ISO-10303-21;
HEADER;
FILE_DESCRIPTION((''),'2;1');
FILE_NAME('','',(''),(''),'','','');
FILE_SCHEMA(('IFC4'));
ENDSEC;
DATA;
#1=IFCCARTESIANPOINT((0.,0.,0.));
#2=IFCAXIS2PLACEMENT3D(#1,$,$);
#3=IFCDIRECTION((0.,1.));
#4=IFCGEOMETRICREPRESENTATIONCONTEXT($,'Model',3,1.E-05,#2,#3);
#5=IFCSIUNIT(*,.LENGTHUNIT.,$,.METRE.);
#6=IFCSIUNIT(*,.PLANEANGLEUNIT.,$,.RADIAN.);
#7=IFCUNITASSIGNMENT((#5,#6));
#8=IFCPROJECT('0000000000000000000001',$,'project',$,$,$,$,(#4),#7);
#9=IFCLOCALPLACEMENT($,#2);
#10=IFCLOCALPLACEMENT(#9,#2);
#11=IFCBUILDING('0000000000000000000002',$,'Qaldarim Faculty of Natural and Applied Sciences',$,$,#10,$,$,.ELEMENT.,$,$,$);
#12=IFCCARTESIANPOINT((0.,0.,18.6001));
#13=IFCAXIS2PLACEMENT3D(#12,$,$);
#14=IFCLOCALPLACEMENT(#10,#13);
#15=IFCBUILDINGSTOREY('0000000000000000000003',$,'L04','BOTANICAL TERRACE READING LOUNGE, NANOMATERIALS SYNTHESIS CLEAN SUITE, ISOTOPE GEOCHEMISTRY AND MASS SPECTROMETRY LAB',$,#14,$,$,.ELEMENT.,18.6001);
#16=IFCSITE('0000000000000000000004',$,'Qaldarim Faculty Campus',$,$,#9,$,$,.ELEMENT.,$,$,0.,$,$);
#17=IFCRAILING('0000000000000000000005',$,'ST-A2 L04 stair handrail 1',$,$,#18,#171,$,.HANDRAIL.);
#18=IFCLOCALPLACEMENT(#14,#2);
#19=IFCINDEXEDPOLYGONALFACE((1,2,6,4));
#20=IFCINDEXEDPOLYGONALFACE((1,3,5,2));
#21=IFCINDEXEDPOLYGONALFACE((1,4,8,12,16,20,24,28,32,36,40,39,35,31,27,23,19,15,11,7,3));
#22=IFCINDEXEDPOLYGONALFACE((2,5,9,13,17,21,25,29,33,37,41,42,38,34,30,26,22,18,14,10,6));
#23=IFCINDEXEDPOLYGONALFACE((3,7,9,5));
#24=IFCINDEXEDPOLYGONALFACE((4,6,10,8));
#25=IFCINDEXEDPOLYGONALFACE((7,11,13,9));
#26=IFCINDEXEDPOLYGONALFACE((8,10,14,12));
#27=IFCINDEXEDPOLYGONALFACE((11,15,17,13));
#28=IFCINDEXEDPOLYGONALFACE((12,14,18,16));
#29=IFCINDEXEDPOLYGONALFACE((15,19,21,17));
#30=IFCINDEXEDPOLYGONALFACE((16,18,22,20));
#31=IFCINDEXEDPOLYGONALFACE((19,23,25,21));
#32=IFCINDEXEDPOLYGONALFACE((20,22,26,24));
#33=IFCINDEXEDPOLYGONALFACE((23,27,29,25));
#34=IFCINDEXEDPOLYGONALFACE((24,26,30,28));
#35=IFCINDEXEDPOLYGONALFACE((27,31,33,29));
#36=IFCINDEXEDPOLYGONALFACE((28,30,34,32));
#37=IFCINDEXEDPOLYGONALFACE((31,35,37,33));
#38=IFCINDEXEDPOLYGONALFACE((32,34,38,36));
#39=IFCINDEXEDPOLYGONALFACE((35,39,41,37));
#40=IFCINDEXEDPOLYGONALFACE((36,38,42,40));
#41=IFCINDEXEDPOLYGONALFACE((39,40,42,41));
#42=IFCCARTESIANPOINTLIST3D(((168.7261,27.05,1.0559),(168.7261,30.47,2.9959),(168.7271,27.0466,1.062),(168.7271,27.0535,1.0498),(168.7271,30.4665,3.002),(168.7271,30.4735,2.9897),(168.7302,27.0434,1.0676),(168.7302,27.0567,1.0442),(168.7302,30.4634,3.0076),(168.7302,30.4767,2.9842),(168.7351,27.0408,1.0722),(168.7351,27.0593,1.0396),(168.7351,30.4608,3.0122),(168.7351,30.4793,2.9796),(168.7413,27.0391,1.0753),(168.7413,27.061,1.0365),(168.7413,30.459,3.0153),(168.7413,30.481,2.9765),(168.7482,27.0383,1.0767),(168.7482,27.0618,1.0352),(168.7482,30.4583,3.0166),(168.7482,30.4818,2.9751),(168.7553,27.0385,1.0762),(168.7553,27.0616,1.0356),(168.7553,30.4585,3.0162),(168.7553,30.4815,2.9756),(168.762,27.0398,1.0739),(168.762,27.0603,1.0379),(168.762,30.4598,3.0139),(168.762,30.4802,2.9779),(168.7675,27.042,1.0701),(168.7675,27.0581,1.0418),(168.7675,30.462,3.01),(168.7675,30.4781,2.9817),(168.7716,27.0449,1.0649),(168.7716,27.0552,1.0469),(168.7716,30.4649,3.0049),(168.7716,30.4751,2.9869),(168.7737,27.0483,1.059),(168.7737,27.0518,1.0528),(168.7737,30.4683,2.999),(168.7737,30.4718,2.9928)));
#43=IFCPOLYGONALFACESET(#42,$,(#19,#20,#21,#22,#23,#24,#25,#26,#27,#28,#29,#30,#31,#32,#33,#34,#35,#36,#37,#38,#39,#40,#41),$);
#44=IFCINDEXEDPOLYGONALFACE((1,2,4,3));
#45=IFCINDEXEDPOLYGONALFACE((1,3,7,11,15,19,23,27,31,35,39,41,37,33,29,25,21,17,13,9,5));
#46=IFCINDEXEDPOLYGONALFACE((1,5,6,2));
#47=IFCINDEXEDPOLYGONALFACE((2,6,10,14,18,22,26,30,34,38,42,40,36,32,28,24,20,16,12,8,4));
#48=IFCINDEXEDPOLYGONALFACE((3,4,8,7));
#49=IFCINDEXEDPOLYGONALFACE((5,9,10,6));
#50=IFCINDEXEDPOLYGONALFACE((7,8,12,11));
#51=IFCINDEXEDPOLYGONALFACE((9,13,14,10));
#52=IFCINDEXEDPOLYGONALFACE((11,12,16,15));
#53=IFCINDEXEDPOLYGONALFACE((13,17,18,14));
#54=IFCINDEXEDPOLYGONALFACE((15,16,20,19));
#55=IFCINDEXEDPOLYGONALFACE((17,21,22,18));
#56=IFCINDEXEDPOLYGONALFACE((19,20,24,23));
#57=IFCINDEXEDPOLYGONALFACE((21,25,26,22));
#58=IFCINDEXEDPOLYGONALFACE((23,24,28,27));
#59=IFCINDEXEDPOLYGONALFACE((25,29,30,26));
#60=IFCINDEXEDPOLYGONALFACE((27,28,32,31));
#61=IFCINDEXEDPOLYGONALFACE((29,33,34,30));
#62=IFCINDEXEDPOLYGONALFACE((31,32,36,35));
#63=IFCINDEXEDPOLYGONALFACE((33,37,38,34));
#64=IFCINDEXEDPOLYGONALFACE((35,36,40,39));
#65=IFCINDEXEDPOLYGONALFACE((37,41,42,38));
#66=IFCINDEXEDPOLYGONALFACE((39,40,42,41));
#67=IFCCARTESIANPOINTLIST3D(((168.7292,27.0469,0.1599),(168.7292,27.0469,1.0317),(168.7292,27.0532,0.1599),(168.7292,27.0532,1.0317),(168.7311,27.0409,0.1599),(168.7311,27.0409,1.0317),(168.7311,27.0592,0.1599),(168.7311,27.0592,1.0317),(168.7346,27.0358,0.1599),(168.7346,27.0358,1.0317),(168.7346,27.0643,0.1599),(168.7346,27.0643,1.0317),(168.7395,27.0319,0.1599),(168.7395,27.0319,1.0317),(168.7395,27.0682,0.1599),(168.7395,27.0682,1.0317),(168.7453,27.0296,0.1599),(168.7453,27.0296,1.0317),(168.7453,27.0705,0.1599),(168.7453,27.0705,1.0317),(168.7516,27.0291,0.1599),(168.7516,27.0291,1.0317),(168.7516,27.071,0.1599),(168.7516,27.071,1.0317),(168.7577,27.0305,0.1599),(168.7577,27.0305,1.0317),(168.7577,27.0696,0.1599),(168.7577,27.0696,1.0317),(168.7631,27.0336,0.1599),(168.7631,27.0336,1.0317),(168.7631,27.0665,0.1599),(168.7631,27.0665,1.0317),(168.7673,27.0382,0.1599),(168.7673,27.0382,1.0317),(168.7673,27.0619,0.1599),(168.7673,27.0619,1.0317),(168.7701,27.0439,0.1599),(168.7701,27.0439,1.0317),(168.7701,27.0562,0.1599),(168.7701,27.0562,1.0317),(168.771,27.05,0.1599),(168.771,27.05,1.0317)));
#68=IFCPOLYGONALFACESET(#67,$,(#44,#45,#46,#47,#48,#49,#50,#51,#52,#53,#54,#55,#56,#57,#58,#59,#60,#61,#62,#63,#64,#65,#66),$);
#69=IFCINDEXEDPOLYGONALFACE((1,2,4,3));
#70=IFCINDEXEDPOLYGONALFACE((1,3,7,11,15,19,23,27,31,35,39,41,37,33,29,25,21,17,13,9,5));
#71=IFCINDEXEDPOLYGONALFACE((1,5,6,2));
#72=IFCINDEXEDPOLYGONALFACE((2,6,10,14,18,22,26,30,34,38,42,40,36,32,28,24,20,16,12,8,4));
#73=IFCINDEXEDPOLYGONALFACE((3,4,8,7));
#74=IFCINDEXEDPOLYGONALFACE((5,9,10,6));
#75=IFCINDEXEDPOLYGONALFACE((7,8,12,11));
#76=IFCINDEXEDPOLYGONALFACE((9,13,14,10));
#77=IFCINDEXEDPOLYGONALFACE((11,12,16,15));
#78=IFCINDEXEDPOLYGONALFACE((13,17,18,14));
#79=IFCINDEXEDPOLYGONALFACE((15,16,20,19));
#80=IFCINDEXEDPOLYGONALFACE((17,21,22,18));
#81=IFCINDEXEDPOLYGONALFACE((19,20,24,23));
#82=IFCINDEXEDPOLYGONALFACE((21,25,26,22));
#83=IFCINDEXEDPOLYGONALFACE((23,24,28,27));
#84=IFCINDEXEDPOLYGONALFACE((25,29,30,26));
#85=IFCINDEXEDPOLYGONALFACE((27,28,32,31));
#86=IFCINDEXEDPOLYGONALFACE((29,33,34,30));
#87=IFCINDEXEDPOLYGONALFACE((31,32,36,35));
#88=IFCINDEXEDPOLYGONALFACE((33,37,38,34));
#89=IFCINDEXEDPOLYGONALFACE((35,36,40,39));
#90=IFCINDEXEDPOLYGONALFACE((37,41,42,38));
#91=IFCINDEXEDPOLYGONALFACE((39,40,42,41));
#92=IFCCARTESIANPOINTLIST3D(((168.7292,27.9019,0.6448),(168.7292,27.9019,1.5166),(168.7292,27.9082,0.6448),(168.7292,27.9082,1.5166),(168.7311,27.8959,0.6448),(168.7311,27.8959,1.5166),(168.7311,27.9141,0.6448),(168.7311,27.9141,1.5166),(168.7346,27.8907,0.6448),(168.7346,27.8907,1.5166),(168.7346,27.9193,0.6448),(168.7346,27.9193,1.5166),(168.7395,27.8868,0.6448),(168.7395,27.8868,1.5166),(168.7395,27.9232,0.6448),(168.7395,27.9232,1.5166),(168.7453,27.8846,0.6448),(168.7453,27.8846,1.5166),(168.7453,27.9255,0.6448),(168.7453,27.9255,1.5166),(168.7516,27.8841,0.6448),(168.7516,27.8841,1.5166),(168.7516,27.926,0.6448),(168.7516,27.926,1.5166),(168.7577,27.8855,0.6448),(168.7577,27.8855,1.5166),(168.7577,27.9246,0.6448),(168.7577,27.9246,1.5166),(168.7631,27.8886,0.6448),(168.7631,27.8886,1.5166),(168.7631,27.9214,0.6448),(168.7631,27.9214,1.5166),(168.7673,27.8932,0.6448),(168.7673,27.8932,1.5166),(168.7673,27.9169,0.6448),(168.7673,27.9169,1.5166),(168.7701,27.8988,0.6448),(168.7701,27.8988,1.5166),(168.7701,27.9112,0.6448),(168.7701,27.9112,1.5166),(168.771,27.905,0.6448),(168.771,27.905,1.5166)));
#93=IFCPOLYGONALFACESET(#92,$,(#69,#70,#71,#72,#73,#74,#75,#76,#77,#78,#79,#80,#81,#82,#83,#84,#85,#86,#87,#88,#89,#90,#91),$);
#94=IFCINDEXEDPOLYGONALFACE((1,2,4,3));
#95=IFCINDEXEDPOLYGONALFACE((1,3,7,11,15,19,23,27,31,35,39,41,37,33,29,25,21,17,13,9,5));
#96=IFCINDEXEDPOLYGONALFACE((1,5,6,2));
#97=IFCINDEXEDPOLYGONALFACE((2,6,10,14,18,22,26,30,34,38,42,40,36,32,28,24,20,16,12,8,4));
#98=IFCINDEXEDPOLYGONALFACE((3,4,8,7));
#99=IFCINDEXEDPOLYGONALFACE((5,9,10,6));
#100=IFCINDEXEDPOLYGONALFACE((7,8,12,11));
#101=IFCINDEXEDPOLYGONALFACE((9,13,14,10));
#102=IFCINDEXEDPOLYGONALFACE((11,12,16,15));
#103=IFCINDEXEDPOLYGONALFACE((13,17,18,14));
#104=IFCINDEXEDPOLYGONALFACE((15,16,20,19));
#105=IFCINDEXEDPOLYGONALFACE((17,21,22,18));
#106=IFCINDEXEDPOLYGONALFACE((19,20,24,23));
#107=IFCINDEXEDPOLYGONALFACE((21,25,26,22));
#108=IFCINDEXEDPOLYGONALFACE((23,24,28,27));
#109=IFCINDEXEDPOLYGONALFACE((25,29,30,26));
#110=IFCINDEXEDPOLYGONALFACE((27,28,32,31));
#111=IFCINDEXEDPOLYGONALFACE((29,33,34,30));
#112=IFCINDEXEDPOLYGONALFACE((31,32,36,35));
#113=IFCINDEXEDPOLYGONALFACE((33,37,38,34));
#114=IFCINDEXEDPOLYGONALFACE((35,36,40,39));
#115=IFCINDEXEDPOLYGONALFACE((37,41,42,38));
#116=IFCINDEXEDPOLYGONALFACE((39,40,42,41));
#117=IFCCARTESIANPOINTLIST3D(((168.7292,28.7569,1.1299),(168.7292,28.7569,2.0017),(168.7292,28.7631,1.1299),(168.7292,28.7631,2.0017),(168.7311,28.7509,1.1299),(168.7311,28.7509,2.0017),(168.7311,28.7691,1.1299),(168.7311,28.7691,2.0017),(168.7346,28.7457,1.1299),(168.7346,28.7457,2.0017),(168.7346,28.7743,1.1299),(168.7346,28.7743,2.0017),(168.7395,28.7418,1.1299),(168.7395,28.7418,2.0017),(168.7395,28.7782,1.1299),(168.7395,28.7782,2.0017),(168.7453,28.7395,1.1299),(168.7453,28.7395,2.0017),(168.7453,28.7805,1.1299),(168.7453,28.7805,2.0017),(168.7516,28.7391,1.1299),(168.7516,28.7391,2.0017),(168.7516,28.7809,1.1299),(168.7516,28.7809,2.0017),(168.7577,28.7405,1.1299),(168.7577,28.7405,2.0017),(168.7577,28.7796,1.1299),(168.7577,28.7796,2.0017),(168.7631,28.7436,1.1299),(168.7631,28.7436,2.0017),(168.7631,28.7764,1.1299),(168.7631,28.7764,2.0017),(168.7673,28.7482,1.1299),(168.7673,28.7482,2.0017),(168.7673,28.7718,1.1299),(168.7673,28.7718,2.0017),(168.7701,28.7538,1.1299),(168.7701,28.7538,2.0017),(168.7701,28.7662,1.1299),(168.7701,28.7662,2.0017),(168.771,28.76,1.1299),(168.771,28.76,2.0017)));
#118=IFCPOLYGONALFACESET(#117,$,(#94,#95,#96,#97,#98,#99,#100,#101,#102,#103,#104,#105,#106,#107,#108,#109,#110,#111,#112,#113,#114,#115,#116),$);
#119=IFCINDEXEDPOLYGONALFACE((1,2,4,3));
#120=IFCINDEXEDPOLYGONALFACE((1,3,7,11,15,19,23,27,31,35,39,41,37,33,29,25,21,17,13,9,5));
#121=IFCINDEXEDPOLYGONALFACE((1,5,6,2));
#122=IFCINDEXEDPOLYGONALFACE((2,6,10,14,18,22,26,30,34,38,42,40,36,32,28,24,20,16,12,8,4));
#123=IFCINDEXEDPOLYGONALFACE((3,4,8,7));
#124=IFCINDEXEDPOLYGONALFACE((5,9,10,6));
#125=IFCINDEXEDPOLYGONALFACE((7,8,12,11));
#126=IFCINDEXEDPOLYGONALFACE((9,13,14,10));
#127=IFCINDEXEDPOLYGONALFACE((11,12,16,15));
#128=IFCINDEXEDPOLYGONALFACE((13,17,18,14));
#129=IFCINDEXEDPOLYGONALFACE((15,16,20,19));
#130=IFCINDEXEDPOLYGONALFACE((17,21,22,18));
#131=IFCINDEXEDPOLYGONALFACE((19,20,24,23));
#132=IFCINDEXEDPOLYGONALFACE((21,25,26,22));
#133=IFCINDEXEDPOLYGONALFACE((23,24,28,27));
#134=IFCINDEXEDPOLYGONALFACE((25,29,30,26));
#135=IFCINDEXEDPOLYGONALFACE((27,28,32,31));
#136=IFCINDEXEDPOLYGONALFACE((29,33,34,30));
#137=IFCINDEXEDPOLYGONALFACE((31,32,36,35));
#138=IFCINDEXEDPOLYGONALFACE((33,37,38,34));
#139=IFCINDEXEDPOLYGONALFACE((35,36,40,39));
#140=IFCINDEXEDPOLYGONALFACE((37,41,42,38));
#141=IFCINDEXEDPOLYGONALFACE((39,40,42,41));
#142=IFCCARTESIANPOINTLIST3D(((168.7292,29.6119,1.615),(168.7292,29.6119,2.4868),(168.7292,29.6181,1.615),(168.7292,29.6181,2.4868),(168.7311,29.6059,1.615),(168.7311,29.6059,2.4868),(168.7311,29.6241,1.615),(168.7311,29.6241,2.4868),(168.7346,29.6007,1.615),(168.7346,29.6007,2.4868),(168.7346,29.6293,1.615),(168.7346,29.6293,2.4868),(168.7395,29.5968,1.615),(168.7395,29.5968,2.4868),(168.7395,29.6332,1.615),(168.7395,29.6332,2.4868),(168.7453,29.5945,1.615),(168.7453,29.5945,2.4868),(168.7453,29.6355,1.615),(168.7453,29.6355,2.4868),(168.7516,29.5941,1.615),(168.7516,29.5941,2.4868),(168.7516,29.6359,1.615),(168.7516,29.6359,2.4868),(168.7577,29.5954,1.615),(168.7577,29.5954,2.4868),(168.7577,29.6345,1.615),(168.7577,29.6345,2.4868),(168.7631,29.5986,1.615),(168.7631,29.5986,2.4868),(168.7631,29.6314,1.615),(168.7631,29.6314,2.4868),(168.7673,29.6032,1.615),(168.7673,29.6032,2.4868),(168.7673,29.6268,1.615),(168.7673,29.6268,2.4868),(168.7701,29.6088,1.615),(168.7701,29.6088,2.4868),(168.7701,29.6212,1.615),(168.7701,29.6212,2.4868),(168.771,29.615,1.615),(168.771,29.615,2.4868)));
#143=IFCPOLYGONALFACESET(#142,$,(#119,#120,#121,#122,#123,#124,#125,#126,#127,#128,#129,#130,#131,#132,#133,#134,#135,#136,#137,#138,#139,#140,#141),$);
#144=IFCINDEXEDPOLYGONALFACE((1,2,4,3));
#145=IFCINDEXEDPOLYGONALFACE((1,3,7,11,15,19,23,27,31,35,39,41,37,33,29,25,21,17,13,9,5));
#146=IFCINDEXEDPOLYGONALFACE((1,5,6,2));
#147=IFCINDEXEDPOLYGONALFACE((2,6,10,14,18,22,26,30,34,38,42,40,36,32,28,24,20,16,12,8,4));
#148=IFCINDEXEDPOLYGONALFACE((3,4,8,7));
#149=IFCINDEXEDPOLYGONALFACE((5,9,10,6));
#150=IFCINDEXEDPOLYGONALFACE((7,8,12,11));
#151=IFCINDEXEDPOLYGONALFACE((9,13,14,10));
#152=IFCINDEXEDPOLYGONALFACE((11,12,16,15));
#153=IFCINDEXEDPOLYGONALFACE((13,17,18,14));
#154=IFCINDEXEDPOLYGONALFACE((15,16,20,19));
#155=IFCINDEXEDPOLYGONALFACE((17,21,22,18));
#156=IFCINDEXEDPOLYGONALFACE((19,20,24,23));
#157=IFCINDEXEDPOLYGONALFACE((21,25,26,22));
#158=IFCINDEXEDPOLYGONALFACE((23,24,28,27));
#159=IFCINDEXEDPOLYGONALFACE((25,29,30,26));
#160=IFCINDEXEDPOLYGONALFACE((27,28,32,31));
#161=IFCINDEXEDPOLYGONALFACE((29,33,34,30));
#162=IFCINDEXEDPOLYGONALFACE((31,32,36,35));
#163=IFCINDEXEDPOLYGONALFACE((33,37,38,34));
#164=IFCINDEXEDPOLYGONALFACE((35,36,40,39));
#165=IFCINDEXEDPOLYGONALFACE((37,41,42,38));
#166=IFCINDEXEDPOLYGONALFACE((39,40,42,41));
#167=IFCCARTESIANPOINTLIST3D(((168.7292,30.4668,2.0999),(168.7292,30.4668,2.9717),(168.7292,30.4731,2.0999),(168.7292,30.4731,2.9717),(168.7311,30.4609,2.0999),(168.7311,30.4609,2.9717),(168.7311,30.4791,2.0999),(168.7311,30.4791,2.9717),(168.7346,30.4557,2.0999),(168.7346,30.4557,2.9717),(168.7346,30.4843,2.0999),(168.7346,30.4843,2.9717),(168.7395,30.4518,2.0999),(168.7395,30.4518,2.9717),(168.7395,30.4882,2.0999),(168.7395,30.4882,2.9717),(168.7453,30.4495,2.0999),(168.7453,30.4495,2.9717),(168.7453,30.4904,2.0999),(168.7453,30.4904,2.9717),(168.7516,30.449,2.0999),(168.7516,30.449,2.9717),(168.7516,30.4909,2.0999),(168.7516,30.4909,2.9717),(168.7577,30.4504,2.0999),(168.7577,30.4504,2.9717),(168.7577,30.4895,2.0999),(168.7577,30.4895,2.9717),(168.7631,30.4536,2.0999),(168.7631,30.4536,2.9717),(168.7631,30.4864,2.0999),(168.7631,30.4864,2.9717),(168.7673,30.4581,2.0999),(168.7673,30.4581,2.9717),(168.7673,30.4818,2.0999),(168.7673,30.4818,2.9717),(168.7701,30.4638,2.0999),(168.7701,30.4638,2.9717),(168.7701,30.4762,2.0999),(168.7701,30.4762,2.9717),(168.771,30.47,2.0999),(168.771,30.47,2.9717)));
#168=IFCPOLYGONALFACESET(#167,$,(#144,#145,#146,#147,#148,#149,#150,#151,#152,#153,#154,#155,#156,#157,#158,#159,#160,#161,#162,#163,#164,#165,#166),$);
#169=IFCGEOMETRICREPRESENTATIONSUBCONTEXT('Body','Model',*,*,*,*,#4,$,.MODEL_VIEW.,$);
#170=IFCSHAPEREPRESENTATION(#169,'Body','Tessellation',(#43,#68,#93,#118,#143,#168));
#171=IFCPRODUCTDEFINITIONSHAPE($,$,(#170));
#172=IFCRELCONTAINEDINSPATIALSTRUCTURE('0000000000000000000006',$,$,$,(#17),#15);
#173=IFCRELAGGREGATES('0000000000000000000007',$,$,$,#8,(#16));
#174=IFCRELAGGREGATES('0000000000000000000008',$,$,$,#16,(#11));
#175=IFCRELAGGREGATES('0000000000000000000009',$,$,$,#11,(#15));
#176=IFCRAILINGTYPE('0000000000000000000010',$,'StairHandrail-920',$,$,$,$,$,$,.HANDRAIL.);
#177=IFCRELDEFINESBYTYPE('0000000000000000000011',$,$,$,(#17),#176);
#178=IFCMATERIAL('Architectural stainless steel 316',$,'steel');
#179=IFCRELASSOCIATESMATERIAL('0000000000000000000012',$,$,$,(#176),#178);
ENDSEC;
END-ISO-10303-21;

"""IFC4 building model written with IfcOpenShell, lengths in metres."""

from ifc_helpers import new_model, si_unit, direction, frame, origin, origin_2d, place, context, subcontext, project, spatial, circle, extrude, material, type_object, element, save


model = new_model("IFC4")

# Units and contexts
model_context = context("Model", 3, precision=1e-05, world=origin(), true_north=direction((0.0, 1.0)))
body_context = subcontext(model_context, "Body", "Model", "MODEL_VIEW")
ifc_project = project(units=[si_unit("LENGTHUNIT", "METRE"), si_unit("PLANEANGLEUNIT", "RADIAN")], contexts=[model_context])

# Site, building, storey
site_placement = place(None, origin())
site = spatial("IfcSite", under=ifc_project, at=site_placement, Name="Qaldarim Faculty Campus", CompositionType="ELEMENT", RefElevation=0.0)
building_placement = place(site_placement, origin())
building = spatial("IfcBuilding", under=site, at=building_placement, Name="Qaldarim Faculty of Natural and Applied Sciences", CompositionType="ELEMENT")
storey_placement = place(building_placement, frame((0.0, 0.0, 18.6001)))
storey = spatial("IfcBuildingStorey", under=building, at=storey_placement, Name="L04", Description="BOTANICAL TERRACE READING LOUNGE, NANOMATERIALS SYNTHESIS CLEAN SUITE, ISOTOPE GEOCHEMISTRY AND MASS SPECTROMETRY LAB", CompositionType="ELEMENT", Elevation=18.6001)

# Shared definitions
ifc_material_1 = material(Name="Architectural stainless steel 316", Category="steel")

# Railing
railing_type_1 = type_object("IfcRailingType", Name="StairHandrail-920", PredefinedType="HANDRAIL", material=ifc_material_1)
railing_1_placement = place(storey_placement, frame((168.75, 27.05, 0.1599)))
element("IfcRailing", 1, at=railing_1_placement, inside=storey, type_object=railing_type_1, Name="ST-A2 L04 stair handrail 1", PredefinedType="HANDRAIL", context=body_context, shape_type="SweptSolid", body=[
    extrude(circle(Radius=0.0239, at=origin_2d()), frame((0.0, 0.0, 0.896), z_axis=(0.0, 0.869805, 0.493395), x_axis=(-1.0, 0.0, 0.0)), (0.0, 0.0, 1.0), 3.9319),
    extrude(circle(Radius=0.021, at=origin_2d()), origin(), (0.0, 0.0, 1.0), 0.8718),
    extrude(circle(Radius=0.021, at=origin_2d()), frame((0.0, 0.855, 0.4849)), (0.0, 0.0, 1.0), 0.8718),
    extrude(circle(Radius=0.021, at=origin_2d()), frame((0.0, 1.71, 0.97)), (0.0, 0.0, 1.0), 0.8718),
    extrude(circle(Radius=0.021, at=origin_2d()), frame((0.0, 2.5649, 1.4551)), (0.0, 0.0, 1.0), 0.8718),
    extrude(circle(Radius=0.021, at=origin_2d()), frame((0.0, 3.4199, 1.9399)), (0.0, 0.0, 1.0), 0.8718),
])

save(model, "model.ifc")
